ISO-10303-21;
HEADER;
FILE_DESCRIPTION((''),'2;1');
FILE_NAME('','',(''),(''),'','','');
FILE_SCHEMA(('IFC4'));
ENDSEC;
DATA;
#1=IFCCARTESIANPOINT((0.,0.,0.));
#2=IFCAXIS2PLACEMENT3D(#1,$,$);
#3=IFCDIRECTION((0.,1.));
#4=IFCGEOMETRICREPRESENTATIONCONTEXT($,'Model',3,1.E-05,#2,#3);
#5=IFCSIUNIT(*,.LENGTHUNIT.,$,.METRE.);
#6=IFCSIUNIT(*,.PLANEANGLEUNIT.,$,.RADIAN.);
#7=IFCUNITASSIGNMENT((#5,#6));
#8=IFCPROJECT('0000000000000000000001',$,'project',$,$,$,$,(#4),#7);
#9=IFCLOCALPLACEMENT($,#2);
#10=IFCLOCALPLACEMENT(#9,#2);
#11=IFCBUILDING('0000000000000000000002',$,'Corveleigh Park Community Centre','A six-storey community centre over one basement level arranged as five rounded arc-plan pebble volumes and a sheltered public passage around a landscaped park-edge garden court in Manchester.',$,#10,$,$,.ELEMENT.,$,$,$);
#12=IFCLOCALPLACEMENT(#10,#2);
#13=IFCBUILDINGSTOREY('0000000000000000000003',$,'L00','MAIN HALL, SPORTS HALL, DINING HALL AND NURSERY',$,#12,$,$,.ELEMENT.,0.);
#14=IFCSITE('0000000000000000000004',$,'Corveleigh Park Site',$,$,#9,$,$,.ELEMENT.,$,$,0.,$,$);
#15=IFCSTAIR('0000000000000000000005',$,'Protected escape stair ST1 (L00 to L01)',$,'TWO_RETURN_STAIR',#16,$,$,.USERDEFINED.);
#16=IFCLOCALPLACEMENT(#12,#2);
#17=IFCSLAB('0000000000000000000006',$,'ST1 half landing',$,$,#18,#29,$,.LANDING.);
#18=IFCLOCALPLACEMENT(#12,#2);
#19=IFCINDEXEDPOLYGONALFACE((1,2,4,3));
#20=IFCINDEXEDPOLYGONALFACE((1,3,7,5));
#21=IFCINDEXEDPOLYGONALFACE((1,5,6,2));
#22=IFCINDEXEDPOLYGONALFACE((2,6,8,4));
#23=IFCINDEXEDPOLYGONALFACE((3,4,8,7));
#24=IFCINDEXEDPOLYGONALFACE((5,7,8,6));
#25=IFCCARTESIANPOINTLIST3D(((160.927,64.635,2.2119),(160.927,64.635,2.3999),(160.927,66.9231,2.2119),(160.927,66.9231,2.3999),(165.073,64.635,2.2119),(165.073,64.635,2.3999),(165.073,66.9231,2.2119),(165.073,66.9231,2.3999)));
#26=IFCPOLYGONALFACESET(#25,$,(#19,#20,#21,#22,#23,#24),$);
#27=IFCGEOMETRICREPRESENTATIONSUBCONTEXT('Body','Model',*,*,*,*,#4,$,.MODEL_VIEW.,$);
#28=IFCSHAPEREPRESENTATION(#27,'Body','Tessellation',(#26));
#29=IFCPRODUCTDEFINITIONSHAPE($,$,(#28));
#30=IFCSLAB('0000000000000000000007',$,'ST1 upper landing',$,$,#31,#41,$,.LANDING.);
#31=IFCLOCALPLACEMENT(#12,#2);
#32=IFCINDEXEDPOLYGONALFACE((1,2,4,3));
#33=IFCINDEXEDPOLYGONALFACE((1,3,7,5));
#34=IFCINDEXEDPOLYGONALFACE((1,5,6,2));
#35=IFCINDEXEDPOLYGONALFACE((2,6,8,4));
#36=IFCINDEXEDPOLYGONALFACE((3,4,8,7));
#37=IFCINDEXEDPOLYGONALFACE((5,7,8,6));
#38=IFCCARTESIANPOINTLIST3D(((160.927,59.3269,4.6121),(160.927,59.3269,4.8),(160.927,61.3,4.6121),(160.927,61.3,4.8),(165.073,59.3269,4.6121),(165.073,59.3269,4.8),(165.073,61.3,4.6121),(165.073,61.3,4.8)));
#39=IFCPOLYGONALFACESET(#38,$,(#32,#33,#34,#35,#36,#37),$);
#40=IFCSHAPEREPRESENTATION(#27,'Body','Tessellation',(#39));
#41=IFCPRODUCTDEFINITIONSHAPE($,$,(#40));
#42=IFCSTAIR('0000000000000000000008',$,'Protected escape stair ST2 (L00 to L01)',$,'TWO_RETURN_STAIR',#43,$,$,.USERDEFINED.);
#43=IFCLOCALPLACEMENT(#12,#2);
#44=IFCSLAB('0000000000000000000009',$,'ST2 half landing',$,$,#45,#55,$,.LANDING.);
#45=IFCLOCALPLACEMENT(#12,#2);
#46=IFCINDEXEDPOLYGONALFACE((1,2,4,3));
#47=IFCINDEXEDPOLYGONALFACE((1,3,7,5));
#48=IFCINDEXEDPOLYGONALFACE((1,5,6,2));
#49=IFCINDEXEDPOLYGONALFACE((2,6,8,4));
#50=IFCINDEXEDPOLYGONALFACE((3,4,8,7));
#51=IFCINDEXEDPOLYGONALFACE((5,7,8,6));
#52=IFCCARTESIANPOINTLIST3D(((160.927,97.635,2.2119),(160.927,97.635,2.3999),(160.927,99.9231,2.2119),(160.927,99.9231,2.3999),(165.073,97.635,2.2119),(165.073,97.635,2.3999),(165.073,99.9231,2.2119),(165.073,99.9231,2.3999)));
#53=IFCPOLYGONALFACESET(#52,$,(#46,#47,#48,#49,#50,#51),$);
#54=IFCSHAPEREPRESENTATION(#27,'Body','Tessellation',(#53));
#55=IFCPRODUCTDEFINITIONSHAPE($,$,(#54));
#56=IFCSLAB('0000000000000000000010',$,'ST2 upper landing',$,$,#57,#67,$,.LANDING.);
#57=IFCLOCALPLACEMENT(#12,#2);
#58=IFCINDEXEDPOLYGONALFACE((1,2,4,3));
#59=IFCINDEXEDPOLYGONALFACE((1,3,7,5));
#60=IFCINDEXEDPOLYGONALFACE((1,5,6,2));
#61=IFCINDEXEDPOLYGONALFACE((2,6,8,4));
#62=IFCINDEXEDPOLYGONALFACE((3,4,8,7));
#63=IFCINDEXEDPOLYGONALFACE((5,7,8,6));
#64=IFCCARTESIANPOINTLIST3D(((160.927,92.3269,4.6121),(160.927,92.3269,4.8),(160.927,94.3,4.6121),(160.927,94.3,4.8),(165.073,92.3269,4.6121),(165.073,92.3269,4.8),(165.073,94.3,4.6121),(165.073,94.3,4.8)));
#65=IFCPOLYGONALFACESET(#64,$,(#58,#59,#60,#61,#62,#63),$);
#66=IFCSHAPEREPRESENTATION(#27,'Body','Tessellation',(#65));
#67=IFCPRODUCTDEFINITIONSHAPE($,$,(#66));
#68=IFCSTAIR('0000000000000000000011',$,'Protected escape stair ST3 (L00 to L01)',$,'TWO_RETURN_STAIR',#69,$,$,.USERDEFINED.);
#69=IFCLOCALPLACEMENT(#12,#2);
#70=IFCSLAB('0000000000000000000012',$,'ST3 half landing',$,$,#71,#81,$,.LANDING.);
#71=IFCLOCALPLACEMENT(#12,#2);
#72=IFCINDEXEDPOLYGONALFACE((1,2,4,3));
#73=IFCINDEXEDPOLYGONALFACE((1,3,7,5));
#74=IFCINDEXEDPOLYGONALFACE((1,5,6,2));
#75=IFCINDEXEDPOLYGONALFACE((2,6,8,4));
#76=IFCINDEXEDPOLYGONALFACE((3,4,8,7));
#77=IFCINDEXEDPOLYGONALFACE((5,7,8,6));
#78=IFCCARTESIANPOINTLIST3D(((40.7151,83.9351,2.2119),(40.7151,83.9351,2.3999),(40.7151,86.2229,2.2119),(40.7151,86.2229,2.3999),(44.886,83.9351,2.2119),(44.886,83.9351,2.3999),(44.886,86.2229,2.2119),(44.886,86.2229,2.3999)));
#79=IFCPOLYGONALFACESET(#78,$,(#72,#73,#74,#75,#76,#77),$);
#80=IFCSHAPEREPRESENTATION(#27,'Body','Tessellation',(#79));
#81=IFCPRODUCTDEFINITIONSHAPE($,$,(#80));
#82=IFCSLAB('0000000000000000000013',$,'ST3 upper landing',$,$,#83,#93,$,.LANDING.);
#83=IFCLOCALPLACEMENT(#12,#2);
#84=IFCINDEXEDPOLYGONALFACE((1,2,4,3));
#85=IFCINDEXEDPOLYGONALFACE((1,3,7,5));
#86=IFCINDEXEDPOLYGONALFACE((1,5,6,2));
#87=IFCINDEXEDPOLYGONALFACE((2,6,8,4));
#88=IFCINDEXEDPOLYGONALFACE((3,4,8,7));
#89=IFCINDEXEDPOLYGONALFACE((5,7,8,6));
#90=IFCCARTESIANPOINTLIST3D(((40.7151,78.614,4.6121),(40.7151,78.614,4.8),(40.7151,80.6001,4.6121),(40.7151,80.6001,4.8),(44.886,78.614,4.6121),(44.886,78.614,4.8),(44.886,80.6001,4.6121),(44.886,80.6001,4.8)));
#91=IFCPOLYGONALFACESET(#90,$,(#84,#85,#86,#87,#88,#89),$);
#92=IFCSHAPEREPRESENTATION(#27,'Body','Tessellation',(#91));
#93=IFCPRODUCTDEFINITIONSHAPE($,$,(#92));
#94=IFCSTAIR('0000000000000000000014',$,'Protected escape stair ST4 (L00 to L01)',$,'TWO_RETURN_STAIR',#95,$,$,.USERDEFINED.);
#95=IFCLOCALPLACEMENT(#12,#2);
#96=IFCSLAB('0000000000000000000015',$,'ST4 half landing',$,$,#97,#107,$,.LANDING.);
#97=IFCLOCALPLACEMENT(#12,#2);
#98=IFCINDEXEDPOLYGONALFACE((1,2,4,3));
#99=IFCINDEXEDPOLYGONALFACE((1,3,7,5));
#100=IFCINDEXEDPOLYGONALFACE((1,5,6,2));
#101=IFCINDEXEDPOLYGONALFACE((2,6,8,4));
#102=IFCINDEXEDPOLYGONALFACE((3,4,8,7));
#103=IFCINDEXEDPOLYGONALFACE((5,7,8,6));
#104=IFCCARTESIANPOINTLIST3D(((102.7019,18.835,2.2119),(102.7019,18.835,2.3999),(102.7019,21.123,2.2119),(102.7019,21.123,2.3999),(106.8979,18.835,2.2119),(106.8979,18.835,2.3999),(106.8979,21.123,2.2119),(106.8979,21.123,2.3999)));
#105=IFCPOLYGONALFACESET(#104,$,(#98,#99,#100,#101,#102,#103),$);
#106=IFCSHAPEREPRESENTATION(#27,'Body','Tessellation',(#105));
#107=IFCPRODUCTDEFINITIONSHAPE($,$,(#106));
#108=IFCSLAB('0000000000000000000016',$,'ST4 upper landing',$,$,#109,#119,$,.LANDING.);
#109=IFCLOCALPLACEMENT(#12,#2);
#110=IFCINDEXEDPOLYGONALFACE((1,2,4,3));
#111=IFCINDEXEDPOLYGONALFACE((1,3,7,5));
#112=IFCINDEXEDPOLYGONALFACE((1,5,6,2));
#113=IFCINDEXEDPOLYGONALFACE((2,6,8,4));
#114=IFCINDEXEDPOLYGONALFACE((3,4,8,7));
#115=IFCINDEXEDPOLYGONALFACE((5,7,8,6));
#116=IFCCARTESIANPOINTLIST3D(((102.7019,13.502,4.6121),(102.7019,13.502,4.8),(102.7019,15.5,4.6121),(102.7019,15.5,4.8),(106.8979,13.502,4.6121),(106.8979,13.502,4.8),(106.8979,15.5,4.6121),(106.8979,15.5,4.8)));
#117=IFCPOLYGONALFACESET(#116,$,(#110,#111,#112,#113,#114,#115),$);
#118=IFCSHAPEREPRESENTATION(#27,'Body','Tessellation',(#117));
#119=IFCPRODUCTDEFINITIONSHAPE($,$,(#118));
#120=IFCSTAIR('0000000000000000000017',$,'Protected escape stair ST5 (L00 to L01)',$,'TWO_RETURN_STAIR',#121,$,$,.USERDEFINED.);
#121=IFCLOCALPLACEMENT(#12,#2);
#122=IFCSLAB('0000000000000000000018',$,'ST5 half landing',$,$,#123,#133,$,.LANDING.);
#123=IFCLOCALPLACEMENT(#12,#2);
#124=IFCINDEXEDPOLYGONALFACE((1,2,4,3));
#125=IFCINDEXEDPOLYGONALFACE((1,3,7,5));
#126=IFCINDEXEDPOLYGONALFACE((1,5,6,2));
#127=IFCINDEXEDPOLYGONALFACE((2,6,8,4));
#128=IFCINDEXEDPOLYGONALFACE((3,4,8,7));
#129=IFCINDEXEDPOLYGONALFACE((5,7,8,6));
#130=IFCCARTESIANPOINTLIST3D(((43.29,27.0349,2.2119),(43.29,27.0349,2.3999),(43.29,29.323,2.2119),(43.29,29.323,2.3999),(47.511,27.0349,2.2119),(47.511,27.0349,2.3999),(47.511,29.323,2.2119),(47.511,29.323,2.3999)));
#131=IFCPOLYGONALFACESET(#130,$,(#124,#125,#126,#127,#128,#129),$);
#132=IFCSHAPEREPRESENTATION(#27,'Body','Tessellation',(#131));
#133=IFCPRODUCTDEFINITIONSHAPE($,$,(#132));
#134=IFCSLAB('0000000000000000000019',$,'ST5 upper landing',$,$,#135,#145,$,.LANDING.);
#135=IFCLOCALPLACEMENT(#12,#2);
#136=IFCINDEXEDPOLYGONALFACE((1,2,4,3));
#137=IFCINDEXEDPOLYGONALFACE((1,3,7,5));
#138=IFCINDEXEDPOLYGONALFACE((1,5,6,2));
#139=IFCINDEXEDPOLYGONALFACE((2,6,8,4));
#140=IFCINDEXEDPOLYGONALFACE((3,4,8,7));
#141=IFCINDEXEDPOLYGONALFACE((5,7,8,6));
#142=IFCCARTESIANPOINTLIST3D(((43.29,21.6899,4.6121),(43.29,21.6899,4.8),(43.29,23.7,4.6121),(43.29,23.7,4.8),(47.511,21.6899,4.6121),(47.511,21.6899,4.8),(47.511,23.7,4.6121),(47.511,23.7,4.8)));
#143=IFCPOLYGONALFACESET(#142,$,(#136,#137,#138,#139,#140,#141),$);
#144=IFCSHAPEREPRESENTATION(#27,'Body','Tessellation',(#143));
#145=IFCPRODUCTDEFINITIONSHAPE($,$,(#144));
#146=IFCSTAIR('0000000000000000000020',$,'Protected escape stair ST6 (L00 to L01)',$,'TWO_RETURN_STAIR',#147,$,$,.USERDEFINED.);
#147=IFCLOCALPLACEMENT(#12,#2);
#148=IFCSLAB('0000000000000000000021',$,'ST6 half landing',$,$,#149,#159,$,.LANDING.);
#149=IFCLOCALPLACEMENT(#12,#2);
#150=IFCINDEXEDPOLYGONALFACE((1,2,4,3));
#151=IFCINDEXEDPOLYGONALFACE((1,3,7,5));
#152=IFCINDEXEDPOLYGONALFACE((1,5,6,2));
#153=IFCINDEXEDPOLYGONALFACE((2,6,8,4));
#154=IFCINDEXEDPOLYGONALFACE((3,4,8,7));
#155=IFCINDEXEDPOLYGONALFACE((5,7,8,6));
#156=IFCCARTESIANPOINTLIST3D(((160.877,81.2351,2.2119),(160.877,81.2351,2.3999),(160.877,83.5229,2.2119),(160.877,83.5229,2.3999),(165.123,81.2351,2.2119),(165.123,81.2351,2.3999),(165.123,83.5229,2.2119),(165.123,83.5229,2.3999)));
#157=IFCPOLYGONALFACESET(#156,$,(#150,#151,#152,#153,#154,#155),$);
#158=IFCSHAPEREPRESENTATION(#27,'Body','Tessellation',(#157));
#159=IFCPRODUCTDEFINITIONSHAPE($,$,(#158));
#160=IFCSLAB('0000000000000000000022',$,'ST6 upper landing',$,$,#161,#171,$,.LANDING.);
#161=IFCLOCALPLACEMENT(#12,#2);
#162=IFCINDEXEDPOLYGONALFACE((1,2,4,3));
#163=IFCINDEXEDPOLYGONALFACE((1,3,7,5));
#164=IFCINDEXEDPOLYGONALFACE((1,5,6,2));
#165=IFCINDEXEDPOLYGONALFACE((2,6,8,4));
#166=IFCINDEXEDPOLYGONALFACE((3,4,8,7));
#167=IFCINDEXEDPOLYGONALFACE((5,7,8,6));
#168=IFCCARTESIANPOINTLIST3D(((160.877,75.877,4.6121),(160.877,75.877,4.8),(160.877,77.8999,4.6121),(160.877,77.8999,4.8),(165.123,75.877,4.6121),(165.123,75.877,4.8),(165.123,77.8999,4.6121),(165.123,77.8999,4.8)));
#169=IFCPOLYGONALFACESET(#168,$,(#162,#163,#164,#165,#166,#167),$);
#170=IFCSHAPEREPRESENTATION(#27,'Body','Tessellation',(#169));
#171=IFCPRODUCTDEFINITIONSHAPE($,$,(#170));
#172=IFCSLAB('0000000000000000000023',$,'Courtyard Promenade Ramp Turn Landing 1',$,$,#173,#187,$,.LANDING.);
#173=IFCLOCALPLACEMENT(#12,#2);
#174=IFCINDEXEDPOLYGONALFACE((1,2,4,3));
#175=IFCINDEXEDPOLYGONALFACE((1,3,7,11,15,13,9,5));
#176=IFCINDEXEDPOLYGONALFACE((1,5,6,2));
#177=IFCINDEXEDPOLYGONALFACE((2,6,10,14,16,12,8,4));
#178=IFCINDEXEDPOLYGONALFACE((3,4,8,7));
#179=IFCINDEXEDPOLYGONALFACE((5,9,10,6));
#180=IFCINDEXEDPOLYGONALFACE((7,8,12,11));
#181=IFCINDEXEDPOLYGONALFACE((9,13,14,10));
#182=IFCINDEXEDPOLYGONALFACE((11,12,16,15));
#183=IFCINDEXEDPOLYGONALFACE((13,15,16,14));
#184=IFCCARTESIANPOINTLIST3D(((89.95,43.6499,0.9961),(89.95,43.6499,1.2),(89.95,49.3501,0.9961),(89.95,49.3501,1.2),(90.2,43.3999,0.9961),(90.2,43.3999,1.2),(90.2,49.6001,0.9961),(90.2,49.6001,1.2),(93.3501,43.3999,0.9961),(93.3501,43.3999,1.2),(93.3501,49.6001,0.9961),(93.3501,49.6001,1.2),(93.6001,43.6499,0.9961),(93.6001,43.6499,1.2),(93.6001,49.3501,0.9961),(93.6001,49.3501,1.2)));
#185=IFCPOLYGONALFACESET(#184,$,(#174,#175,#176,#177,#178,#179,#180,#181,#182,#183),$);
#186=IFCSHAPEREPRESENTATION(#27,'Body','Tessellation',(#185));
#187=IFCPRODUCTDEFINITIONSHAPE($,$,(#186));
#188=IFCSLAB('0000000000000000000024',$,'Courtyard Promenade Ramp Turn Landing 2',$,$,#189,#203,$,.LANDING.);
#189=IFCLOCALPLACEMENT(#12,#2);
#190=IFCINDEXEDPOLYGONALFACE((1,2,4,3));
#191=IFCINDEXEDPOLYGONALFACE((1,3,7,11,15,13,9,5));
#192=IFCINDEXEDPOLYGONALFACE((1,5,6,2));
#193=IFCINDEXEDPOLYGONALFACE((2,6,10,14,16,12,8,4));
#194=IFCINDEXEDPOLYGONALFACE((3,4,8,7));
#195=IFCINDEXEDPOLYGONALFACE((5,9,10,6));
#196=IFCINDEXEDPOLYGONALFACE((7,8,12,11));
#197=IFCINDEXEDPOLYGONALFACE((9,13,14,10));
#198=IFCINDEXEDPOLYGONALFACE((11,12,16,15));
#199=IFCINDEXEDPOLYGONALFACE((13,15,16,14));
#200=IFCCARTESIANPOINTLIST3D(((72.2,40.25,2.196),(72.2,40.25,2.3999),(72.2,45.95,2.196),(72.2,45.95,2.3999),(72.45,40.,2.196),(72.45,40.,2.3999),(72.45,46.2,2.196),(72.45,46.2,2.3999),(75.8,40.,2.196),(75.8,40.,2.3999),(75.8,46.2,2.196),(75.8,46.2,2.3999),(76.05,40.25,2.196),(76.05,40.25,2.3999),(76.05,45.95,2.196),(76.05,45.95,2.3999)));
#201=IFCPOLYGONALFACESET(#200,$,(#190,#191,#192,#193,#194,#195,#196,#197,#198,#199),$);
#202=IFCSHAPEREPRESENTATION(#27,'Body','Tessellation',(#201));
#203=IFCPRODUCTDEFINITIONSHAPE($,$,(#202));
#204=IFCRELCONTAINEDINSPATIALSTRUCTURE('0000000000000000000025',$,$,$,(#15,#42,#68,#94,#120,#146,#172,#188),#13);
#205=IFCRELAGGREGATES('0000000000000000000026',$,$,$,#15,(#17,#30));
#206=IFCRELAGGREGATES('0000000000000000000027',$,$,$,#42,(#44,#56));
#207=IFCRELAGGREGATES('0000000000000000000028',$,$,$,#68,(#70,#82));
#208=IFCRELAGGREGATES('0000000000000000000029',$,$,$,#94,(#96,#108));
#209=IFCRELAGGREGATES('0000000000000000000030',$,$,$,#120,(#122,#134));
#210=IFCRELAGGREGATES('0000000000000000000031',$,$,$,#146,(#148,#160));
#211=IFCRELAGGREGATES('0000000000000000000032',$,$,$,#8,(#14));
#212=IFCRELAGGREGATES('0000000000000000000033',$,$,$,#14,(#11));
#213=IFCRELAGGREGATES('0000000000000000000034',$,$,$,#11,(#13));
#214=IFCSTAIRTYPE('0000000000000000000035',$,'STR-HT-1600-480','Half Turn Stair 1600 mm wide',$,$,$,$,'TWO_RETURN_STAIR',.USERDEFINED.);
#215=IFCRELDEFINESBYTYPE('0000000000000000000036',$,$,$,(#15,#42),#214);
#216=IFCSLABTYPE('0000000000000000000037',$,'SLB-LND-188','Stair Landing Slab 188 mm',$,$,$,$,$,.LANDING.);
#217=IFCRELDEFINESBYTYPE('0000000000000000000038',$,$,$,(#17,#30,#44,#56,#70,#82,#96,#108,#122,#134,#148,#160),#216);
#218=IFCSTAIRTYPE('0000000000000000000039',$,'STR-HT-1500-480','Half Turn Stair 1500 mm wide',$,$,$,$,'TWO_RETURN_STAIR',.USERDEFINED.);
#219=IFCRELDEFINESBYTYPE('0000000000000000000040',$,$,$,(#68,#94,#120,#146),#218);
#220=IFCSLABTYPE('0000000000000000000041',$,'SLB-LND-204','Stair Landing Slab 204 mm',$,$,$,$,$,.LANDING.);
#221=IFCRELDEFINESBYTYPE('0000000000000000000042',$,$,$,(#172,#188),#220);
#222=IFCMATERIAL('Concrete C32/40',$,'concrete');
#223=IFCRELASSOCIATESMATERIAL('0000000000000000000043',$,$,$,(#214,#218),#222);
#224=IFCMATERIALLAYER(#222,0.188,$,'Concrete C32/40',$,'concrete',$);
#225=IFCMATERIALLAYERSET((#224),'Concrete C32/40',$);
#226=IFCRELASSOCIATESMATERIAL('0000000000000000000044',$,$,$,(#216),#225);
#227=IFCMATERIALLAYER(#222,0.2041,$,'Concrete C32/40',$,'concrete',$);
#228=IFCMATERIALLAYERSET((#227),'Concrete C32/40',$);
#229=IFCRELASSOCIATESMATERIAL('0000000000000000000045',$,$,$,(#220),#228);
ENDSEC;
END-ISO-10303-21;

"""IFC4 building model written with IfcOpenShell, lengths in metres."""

from ifc_helpers import new_model, si_unit, direction, frame, origin, place, context, subcontext, project, spatial, polyline, outline, extrude, material, layer, layer_set, type_object, element, aggregate, save


model = new_model("IFC4")

# Units and contexts
model_context = context("Model", 3, precision=1e-05, world=origin(), true_north=direction((0.0, 1.0)))
body_context = subcontext(model_context, "Body", "Model", "MODEL_VIEW")
ifc_project = project(units=[si_unit("LENGTHUNIT", "METRE"), si_unit("PLANEANGLEUNIT", "RADIAN")], contexts=[model_context])

# Site, building, storey
site_placement = place(None, origin())
site = spatial("IfcSite", under=ifc_project, at=site_placement, Name="Corveleigh Park Site", CompositionType="ELEMENT", RefElevation=0.0)
building_placement = place(site_placement, origin())
building = spatial("IfcBuilding", under=site, at=building_placement, Name="Corveleigh Park Community Centre", Description="A six-storey community centre over one basement level arranged as five rounded arc-plan pebble volumes and a sheltered public passage around a landscaped park-edge garden court in Manchester.", CompositionType="ELEMENT")
storey_placement = place(building_placement, origin())
storey = spatial("IfcBuildingStorey", under=building, at=storey_placement, Name="L00", Description="MAIN HALL, SPORTS HALL, DINING HALL AND NURSERY", CompositionType="ELEMENT", Elevation=0.0)

# Stairs, slabs
ifc_material_1 = material(Name="Concrete C32/40", Category="concrete")
stair_type_1 = type_object("IfcStairType", Name="STR-HT-1600-480", Description="Half Turn Stair 1600 mm wide", ElementType="TWO_RETURN_STAIR", PredefinedType="USERDEFINED", material=ifc_material_1)
stair_1_placement = place(storey_placement, origin())
stair_1 = element("IfcStair", 1, at=stair_1_placement, inside=storey, type_object=stair_type_1, Name="Protected escape stair ST1 (L00 to L01)", ObjectType="TWO_RETURN_STAIR", PredefinedType="USERDEFINED")
ifc_layer_1 = layer(ifc_material_1, 0.188, Name="Concrete C32/40", Category="concrete")
ifc_layer_set_1 = layer_set([ifc_layer_1], Name="Concrete C32/40")
slab_type_1 = type_object("IfcSlabType", Name="SLB-LND-188", Description="Stair Landing Slab 188 mm", PredefinedType="LANDING", material=ifc_layer_set_1)
slab_1_placement = place(storey_placement, frame((0.0, 0.0, 2.2119)))
slab_1 = element("IfcSlab", 2, at=slab_1_placement, type_object=slab_type_1, Name="ST1 half landing", PredefinedType="LANDING", context=body_context, shape_type="SweptSolid", body=[
    extrude(outline(polyline([(160.927, 64.635), (165.073, 64.635), (165.073, 66.9231), (160.927, 66.9231), (160.927, 64.635)])), origin(), (0.0, 0.0, 1.0), 0.188),
])
slab_2_placement = place(storey_placement, frame((0.0, 0.0, 4.6121)))
slab_2 = element("IfcSlab", 3, at=slab_2_placement, type_object=slab_type_1, Name="ST1 upper landing", PredefinedType="LANDING", context=body_context, shape_type="SweptSolid", body=[
    extrude(outline(polyline([(160.927, 59.3269), (165.073, 59.3269), (165.073, 61.3), (160.927, 61.3), (160.927, 59.3269)])), origin(), (0.0, 0.0, 1.0), 0.188),
])
aggregate(stair_1, [slab_1, slab_2])
stair_2_placement = place(storey_placement, origin())
stair_2 = element("IfcStair", 4, at=stair_2_placement, inside=storey, type_object=stair_type_1, Name="Protected escape stair ST2 (L00 to L01)", ObjectType="TWO_RETURN_STAIR", PredefinedType="USERDEFINED")
slab_3_placement = place(storey_placement, frame((0.0, 0.0, 2.2119)))
slab_3 = element("IfcSlab", 5, at=slab_3_placement, type_object=slab_type_1, Name="ST2 half landing", PredefinedType="LANDING", context=body_context, shape_type="SweptSolid", body=[
    extrude(outline(polyline([(160.927, 97.635), (165.073, 97.635), (165.073, 99.9231), (160.927, 99.9231), (160.927, 97.635)])), origin(), (0.0, 0.0, 1.0), 0.188),
])
slab_4_placement = place(storey_placement, frame((0.0, 0.0, 4.6121)))
slab_4 = element("IfcSlab", 6, at=slab_4_placement, type_object=slab_type_1, Name="ST2 upper landing", PredefinedType="LANDING", context=body_context, shape_type="SweptSolid", body=[
    extrude(outline(polyline([(160.927, 92.3269), (165.073, 92.3269), (165.073, 94.3), (160.927, 94.3), (160.927, 92.3269)])), origin(), (0.0, 0.0, 1.0), 0.188),
])
aggregate(stair_2, [slab_3, slab_4])
stair_type_2 = type_object("IfcStairType", Name="STR-HT-1500-480", Description="Half Turn Stair 1500 mm wide", ElementType="TWO_RETURN_STAIR", PredefinedType="USERDEFINED", material=ifc_material_1)
stair_3_placement = place(storey_placement, origin())
stair_3 = element("IfcStair", 7, at=stair_3_placement, inside=storey, type_object=stair_type_2, Name="Protected escape stair ST3 (L00 to L01)", ObjectType="TWO_RETURN_STAIR", PredefinedType="USERDEFINED")
slab_5_placement = place(storey_placement, frame((0.0, 0.0, 2.2119)))
slab_5 = element("IfcSlab", 8, at=slab_5_placement, type_object=slab_type_1, Name="ST3 half landing", PredefinedType="LANDING", context=body_context, shape_type="SweptSolid", body=[
    extrude(outline(polyline([(40.7151, 83.9351), (44.886, 83.9351), (44.886, 86.2229), (40.7151, 86.2229), (40.7151, 83.9351)])), origin(), (0.0, 0.0, 1.0), 0.188),
])
slab_6_placement = place(storey_placement, frame((0.0, 0.0, 4.6121)))
slab_6 = element("IfcSlab", 9, at=slab_6_placement, type_object=slab_type_1, Name="ST3 upper landing", PredefinedType="LANDING", context=body_context, shape_type="SweptSolid", body=[
    extrude(outline(polyline([(40.7151, 78.614), (44.886, 78.614), (44.886, 80.6001), (40.7151, 80.6001), (40.7151, 78.614)])), origin(), (0.0, 0.0, 1.0), 0.188),
])
aggregate(stair_3, [slab_5, slab_6])
stair_4_placement = place(storey_placement, origin())
stair_4 = element("IfcStair", 10, at=stair_4_placement, inside=storey, type_object=stair_type_2, Name="Protected escape stair ST4 (L00 to L01)", ObjectType="TWO_RETURN_STAIR", PredefinedType="USERDEFINED")
slab_7_placement = place(storey_placement, frame((0.0, 0.0, 2.2119)))
slab_7 = element("IfcSlab", 11, at=slab_7_placement, type_object=slab_type_1, Name="ST4 half landing", PredefinedType="LANDING", context=body_context, shape_type="SweptSolid", body=[
    extrude(outline(polyline([(102.7019, 18.835), (106.8979, 18.835), (106.8979, 21.123), (102.7019, 21.123), (102.7019, 18.835)])), origin(), (0.0, 0.0, 1.0), 0.188),
])
slab_8_placement = place(storey_placement, frame((0.0, 0.0, 4.6121)))
slab_8 = element("IfcSlab", 12, at=slab_8_placement, type_object=slab_type_1, Name="ST4 upper landing", PredefinedType="LANDING", context=body_context, shape_type="SweptSolid", body=[
    extrude(outline(polyline([(102.7019, 13.502), (106.8979, 13.502), (106.8979, 15.5), (102.7019, 15.5), (102.7019, 13.502)])), origin(), (0.0, 0.0, 1.0), 0.188),
])
aggregate(stair_4, [slab_7, slab_8])
stair_5_placement = place(storey_placement, origin())
stair_5 = element("IfcStair", 13, at=stair_5_placement, inside=storey, type_object=stair_type_2, Name="Protected escape stair ST5 (L00 to L01)", ObjectType="TWO_RETURN_STAIR", PredefinedType="USERDEFINED")
slab_9_placement = place(storey_placement, frame((0.0, 0.0, 2.2119)))
slab_9 = element("IfcSlab", 14, at=slab_9_placement, type_object=slab_type_1, Name="ST5 half landing", PredefinedType="LANDING", context=body_context, shape_type="SweptSolid", body=[
    extrude(outline(polyline([(43.29, 27.0349), (47.511, 27.0349), (47.511, 29.323), (43.29, 29.323), (43.29, 27.0349)])), origin(), (0.0, 0.0, 1.0), 0.188),
])
slab_10_placement = place(storey_placement, frame((0.0, 0.0, 4.6121)))
slab_10 = element("IfcSlab", 15, at=slab_10_placement, type_object=slab_type_1, Name="ST5 upper landing", PredefinedType="LANDING", context=body_context, shape_type="SweptSolid", body=[
    extrude(outline(polyline([(43.29, 21.6899), (47.511, 21.6899), (47.511, 23.7), (43.29, 23.7), (43.29, 21.6899)])), origin(), (0.0, 0.0, 1.0), 0.188),
])
aggregate(stair_5, [slab_9, slab_10])
stair_6_placement = place(storey_placement, origin())
stair_6 = element("IfcStair", 16, at=stair_6_placement, inside=storey, type_object=stair_type_2, Name="Protected escape stair ST6 (L00 to L01)", ObjectType="TWO_RETURN_STAIR", PredefinedType="USERDEFINED")
slab_11_placement = place(storey_placement, frame((0.0, 0.0, 2.2119)))
slab_11 = element("IfcSlab", 17, at=slab_11_placement, type_object=slab_type_1, Name="ST6 half landing", PredefinedType="LANDING", context=body_context, shape_type="SweptSolid", body=[
    extrude(outline(polyline([(160.877, 81.2351), (165.123, 81.2351), (165.123, 83.5229), (160.877, 83.5229), (160.877, 81.2351)])), origin(), (0.0, 0.0, 1.0), 0.188),
])
slab_12_placement = place(storey_placement, frame((0.0, 0.0, 4.6121)))
slab_12 = element("IfcSlab", 18, at=slab_12_placement, type_object=slab_type_1, Name="ST6 upper landing", PredefinedType="LANDING", context=body_context, shape_type="SweptSolid", body=[
    extrude(outline(polyline([(160.877, 75.877), (165.123, 75.877), (165.123, 77.8999), (160.877, 77.8999), (160.877, 75.877)])), origin(), (0.0, 0.0, 1.0), 0.188),
])
aggregate(stair_6, [slab_11, slab_12])

# Slabs
ifc_layer_2 = layer(ifc_material_1, 0.2041, Name="Concrete C32/40", Category="concrete")
ifc_layer_set_2 = layer_set([ifc_layer_2], Name="Concrete C32/40")
slab_type_2 = type_object("IfcSlabType", Name="SLB-LND-204", Description="Stair Landing Slab 204 mm", PredefinedType="LANDING", material=ifc_layer_set_2)
slab_13_placement = place(storey_placement, frame((0.0, 0.0, 0.9961)))
element("IfcSlab", 19, at=slab_13_placement, inside=storey, type_object=slab_type_2, Name="Courtyard Promenade Ramp Turn Landing 1", PredefinedType="LANDING", context=body_context, shape_type="SweptSolid", body=[
    extrude(outline(polyline([(90.2, 43.3999), (93.3501, 43.3999), (93.6001, 43.6499), (93.6001, 49.3501), (93.3501, 49.6001), (90.2, 49.6001), (89.95, 49.3501), (89.95, 43.6499), (90.2, 43.3999)])), origin(), (0.0, 0.0, 1.0), 0.2039),
])
slab_14_placement = place(storey_placement, frame((0.0, 0.0, 2.196)))
element("IfcSlab", 20, at=slab_14_placement, inside=storey, type_object=slab_type_2, Name="Courtyard Promenade Ramp Turn Landing 2", PredefinedType="LANDING", context=body_context, shape_type="SweptSolid", body=[
    extrude(outline(polyline([(72.45, 40.0), (75.8, 40.0), (76.05, 40.25), (76.05, 45.95), (75.8, 46.2), (72.45, 46.2), (72.2, 45.95), (72.2, 40.25), (72.45, 40.0)])), origin(), (0.0, 0.0, 1.0), 0.2039),
])

save(model, "model.ifc")
